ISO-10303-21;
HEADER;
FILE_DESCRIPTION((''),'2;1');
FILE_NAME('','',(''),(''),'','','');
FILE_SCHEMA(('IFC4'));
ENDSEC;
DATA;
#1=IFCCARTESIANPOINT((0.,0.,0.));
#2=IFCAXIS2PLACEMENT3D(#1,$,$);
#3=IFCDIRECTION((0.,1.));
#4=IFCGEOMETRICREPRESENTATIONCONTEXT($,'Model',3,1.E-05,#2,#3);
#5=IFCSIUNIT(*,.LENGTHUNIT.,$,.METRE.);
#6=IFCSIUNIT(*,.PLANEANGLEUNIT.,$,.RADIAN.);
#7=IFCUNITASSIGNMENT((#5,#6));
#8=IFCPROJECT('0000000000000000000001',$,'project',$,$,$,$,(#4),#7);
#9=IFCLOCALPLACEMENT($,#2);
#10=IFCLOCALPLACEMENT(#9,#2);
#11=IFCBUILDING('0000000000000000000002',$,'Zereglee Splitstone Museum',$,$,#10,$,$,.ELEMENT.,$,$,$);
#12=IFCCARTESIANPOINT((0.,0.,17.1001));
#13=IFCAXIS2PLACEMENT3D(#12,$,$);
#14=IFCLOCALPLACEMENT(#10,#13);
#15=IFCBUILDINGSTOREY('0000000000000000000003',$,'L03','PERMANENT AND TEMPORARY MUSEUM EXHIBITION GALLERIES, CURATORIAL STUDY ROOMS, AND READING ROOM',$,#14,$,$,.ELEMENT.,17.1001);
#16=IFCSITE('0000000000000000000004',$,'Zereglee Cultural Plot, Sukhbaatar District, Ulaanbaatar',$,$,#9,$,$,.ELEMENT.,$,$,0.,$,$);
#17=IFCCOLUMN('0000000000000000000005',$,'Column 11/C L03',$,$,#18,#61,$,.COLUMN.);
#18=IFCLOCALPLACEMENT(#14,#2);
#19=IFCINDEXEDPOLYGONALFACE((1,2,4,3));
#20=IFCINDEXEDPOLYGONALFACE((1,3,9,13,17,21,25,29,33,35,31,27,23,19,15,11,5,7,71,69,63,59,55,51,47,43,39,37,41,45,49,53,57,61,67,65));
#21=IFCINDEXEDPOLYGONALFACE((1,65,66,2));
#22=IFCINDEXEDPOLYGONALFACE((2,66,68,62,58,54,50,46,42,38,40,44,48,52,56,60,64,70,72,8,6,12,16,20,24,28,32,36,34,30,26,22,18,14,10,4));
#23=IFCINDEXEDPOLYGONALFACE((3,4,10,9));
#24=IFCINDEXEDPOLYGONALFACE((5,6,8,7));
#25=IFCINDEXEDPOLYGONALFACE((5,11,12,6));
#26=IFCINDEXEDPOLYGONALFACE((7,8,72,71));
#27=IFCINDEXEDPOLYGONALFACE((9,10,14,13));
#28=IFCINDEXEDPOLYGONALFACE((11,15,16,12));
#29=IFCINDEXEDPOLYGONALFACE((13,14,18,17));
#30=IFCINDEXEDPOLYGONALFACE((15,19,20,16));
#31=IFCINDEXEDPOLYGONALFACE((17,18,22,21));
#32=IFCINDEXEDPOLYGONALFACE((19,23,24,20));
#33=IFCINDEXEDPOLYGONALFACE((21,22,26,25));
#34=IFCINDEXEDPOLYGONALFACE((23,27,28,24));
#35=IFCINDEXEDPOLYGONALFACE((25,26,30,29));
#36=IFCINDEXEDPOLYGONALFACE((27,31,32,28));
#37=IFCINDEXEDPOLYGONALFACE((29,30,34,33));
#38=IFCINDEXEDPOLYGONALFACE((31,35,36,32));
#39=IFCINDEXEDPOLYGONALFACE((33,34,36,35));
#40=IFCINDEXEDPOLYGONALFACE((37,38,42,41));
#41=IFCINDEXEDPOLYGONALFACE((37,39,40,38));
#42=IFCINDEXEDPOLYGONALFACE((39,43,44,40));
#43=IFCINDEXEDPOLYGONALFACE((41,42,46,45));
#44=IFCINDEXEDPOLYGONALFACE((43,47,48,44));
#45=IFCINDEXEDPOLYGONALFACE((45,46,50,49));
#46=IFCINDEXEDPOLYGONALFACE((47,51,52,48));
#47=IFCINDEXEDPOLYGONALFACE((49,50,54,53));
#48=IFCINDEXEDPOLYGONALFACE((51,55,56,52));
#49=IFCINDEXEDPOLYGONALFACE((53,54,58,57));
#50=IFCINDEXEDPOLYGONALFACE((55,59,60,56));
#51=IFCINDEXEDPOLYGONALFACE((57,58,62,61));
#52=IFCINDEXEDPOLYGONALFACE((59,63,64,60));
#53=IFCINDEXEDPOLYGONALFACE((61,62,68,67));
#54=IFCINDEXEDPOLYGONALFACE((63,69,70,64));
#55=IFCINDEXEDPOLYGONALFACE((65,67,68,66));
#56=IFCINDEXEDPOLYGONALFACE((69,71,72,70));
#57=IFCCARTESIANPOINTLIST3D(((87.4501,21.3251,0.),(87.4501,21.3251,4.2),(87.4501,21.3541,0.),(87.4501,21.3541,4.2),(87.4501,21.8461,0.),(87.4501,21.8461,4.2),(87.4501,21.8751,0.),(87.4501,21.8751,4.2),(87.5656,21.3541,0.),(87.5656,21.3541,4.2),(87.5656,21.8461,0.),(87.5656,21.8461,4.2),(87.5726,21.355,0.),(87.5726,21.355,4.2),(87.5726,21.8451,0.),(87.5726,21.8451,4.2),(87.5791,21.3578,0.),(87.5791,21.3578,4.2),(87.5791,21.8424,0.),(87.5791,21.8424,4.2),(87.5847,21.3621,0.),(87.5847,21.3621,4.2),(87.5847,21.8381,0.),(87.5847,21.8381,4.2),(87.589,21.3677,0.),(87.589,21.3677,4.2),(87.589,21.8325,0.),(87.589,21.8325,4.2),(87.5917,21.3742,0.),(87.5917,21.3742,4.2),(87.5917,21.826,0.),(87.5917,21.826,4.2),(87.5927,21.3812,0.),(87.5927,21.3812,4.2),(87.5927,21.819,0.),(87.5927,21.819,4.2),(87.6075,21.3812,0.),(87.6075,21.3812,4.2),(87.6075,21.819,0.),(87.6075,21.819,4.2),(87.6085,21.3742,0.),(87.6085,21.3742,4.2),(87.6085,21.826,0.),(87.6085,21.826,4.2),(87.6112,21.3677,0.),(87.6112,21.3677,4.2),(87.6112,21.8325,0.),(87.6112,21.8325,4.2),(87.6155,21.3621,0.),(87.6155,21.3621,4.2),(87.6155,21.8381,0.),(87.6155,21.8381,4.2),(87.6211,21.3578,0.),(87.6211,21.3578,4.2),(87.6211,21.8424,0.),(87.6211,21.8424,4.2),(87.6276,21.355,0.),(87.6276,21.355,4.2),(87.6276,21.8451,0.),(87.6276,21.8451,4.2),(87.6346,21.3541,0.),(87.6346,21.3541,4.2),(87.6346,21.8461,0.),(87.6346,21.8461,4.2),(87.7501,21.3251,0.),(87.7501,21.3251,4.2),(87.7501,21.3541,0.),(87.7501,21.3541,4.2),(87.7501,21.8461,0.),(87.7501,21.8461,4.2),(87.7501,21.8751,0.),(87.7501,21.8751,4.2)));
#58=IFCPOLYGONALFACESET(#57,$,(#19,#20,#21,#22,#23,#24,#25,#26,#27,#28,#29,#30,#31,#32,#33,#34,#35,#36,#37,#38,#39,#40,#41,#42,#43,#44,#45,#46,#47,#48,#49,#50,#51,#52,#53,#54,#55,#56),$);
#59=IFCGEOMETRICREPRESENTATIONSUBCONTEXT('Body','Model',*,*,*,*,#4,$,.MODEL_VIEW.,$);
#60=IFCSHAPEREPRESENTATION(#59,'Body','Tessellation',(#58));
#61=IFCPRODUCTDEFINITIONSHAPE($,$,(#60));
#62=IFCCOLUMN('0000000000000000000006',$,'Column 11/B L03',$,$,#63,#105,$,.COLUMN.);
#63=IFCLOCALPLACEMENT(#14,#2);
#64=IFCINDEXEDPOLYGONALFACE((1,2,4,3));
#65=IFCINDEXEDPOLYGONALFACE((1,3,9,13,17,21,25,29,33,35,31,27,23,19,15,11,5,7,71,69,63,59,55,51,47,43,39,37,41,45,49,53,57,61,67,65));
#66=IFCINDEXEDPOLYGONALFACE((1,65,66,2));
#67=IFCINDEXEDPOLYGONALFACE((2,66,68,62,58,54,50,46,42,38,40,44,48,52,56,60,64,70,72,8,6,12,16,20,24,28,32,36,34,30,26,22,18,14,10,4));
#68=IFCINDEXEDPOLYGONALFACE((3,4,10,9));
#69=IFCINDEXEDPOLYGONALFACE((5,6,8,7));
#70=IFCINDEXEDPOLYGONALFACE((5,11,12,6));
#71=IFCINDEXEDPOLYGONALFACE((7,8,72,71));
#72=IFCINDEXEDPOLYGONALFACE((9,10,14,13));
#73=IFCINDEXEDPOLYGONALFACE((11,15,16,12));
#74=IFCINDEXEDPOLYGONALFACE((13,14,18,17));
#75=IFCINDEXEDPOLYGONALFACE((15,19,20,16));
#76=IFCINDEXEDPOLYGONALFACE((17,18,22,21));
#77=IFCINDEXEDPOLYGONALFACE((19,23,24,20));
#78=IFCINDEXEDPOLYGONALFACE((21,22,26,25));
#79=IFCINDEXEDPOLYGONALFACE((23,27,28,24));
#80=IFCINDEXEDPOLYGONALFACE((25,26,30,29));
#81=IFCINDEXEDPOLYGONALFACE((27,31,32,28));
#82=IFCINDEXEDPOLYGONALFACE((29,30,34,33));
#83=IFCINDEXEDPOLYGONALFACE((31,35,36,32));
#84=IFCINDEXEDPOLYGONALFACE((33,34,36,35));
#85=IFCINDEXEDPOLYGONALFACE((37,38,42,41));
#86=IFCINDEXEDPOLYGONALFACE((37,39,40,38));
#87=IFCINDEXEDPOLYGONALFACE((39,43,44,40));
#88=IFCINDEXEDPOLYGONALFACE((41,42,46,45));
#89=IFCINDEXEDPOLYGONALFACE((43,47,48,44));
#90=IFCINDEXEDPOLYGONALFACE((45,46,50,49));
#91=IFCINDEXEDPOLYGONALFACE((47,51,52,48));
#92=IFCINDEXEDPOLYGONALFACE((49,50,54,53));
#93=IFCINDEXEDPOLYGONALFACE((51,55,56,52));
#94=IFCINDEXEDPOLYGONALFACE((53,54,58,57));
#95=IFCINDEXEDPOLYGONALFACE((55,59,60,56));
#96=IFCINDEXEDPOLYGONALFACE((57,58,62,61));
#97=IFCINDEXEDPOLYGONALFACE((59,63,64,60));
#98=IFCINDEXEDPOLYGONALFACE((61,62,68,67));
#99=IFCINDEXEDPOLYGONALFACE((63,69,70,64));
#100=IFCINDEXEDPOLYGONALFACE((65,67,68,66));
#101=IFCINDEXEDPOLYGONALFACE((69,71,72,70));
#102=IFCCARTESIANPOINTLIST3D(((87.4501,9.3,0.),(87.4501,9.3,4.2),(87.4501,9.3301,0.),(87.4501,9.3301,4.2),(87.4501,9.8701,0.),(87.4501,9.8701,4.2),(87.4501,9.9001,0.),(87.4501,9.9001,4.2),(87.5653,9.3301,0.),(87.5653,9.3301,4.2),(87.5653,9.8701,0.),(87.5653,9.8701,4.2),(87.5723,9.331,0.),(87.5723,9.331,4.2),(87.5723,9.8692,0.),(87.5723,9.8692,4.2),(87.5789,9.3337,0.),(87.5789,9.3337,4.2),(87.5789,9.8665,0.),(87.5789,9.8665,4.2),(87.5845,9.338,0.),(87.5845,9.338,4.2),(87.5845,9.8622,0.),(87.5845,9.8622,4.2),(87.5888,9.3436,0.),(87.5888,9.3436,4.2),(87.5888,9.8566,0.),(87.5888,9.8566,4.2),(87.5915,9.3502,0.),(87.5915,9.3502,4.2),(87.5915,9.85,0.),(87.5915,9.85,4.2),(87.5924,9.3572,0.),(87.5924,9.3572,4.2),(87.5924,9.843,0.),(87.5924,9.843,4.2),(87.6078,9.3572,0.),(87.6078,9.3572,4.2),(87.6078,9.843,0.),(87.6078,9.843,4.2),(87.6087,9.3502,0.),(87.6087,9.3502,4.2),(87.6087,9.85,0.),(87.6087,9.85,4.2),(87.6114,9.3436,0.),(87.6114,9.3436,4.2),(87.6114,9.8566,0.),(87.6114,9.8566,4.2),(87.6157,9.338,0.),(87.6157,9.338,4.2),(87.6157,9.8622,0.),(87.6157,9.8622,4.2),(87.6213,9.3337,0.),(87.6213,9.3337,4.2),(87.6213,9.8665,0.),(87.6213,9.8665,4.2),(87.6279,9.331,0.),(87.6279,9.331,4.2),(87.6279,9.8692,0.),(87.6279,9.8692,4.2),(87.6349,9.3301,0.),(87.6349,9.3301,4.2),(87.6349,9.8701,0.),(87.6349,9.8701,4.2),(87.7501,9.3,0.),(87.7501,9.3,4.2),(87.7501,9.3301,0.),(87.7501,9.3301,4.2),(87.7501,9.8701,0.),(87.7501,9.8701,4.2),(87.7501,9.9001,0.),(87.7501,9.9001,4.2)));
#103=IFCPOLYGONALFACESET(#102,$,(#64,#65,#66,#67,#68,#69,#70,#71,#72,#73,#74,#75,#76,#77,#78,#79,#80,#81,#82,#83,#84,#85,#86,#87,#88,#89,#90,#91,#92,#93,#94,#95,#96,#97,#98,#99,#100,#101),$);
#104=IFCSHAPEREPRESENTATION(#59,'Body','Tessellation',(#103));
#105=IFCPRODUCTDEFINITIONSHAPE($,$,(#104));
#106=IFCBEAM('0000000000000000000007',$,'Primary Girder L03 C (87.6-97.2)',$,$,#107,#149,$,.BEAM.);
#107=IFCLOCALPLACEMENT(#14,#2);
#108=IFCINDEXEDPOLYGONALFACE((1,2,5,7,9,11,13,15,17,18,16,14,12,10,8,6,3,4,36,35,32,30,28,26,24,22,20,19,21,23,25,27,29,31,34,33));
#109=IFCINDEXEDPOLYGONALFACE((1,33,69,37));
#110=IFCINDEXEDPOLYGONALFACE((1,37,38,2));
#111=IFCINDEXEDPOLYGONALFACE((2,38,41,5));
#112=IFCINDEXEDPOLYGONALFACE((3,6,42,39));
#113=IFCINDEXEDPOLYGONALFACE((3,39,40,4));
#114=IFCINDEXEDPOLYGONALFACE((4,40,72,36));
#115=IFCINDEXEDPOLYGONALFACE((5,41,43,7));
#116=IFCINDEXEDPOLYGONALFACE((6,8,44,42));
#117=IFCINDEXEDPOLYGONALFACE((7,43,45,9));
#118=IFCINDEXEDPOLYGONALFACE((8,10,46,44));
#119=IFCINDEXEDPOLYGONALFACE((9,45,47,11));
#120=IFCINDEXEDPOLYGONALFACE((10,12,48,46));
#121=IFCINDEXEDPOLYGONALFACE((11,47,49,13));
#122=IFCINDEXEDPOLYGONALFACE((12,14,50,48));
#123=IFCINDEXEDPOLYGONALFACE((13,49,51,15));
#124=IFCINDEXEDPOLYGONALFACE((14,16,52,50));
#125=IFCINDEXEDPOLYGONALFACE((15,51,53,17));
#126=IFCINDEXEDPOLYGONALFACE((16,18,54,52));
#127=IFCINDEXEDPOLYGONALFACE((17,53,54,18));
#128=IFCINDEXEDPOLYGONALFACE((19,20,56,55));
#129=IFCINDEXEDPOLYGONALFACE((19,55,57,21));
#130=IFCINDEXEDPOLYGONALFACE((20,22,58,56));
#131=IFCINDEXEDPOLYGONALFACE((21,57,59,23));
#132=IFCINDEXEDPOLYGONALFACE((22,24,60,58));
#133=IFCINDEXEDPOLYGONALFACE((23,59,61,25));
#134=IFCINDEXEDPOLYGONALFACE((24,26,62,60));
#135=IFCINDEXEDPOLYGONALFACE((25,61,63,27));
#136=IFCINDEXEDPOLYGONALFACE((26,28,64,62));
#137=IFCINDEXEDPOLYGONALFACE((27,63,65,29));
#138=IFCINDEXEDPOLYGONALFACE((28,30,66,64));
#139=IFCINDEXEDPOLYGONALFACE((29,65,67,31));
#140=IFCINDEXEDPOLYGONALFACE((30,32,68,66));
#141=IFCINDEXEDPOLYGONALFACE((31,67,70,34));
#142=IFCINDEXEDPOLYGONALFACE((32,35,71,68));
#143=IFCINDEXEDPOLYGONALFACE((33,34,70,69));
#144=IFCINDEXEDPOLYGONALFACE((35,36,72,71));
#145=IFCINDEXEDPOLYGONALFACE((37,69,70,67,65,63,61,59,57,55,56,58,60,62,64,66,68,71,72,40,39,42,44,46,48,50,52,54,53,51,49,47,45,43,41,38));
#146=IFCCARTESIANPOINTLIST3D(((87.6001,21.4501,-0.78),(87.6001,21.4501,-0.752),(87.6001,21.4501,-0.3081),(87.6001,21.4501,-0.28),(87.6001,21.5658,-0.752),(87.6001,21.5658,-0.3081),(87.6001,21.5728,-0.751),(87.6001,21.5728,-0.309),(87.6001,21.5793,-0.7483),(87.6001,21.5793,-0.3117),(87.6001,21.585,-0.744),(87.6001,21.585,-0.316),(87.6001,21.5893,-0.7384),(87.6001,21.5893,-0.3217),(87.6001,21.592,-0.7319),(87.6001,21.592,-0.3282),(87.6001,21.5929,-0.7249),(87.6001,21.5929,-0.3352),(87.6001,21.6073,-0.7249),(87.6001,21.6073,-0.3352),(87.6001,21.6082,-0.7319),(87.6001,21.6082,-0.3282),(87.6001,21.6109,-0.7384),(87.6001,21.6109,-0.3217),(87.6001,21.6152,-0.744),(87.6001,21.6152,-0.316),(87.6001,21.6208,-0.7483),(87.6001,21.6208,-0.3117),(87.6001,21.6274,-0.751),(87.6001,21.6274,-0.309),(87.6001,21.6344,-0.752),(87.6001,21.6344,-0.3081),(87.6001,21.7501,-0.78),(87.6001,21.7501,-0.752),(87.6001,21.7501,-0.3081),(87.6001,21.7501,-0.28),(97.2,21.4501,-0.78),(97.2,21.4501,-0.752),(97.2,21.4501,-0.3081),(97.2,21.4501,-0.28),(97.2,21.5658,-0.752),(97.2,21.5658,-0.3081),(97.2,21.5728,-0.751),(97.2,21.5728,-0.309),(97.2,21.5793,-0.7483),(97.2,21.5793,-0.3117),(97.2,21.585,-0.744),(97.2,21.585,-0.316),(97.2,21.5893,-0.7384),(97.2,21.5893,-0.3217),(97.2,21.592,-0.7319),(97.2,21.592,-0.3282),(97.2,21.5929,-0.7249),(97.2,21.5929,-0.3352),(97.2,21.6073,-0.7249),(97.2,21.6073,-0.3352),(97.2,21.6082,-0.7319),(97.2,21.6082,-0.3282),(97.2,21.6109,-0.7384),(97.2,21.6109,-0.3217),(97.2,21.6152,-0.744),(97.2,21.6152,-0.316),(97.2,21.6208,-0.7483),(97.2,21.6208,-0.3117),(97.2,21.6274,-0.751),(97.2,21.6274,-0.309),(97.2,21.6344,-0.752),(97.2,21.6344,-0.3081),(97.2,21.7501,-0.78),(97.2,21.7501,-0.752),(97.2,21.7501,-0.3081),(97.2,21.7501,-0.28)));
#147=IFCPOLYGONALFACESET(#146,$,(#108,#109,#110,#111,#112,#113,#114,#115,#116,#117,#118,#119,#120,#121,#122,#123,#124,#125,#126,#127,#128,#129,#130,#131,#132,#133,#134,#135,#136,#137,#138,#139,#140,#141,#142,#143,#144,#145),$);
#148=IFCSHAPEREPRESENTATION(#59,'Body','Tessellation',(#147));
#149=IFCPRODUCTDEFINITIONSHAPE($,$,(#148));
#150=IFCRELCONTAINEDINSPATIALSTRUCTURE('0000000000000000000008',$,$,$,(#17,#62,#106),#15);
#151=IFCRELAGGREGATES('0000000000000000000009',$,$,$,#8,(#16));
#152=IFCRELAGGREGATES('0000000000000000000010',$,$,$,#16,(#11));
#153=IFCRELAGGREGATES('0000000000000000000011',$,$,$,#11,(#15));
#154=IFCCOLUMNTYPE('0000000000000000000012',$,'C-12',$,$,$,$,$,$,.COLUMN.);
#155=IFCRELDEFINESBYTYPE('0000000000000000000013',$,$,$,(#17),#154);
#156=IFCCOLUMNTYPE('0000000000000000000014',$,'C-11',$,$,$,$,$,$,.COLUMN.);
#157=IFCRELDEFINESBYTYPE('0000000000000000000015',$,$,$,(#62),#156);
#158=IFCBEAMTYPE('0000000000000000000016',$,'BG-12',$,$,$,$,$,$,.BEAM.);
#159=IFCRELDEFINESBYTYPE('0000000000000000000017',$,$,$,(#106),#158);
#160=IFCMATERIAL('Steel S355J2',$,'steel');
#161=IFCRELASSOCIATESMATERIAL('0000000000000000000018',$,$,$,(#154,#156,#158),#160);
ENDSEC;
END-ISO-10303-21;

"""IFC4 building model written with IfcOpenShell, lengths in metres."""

from ifc_helpers import new_model, si_unit, direction, frame, origin, origin_2d, place, context, subcontext, project, spatial, i_section, extrude, material, material_profile, profile_set, type_object, element, save


model = new_model("IFC4")

# Units and contexts
model_context = context("Model", 3, precision=1e-05, world=origin(), true_north=direction((0.0, 1.0)))
body_context = subcontext(model_context, "Body", "Model", "MODEL_VIEW")
ifc_project = project(units=[si_unit("LENGTHUNIT", "METRE"), si_unit("PLANEANGLEUNIT", "RADIAN")], contexts=[model_context])

# Site, building, storey
site_placement = place(None, origin())
site = spatial("IfcSite", under=ifc_project, at=site_placement, Name="Zereglee Cultural Plot, Sukhbaatar District, Ulaanbaatar", CompositionType="ELEMENT", RefElevation=0.0)
building_placement = place(site_placement, origin())
building = spatial("IfcBuilding", under=site, at=building_placement, Name="Zereglee Splitstone Museum", CompositionType="ELEMENT")
storey_placement = place(building_placement, frame((0.0, 0.0, 17.1001)))
storey = spatial("IfcBuildingStorey", under=building, at=storey_placement, Name="L03", Description="PERMANENT AND TEMPORARY MUSEUM EXHIBITION GALLERIES, CURATORIAL STUDY ROOMS, AND READING ROOM", CompositionType="ELEMENT", Elevation=17.1001)

# Columns
ifc_material_1 = material(Name="Steel S355J2", Category="steel")
ifc_material_profile_1 = material_profile(ifc_material_1, i_section(OverallWidth=0.3, OverallDepth=0.55, WebThickness=0.0149, FlangeThickness=0.0291, FilletRadius=0.0271, at=origin_2d()), Name="HE 550 B")
ifc_profile_set_1 = profile_set([ifc_material_profile_1], Name="Steel S355J2")
column_type_1 = type_object("IfcColumnType", Name="C-12", PredefinedType="COLUMN", material=ifc_profile_set_1)
column_1_placement = place(storey_placement, frame((87.6001, 21.6001, 0.0), z_axis=(0.0, 0.0, 1.0), x_axis=(1.0, 0.0, 0.0)))
element("IfcColumn", 1, at=column_1_placement, inside=storey, type_object=column_type_1, Name="Column 11/C L03", PredefinedType="COLUMN", context=body_context, shape_type="SweptSolid", body=[
    extrude(i_section(OverallWidth=0.3, OverallDepth=0.55, WebThickness=0.0149, FlangeThickness=0.0291, FilletRadius=0.0271, at=origin_2d()), origin(), (0.0, 0.0, 1.0), 4.2),
])
ifc_material_profile_2 = material_profile(ifc_material_1, i_section(OverallWidth=0.3, OverallDepth=0.6001, WebThickness=0.0154, FlangeThickness=0.03, FilletRadius=0.0271, at=origin_2d()), Name="HE 600 B")
ifc_profile_set_2 = profile_set([ifc_material_profile_2], Name="Steel S355J2")
column_type_2 = type_object("IfcColumnType", Name="C-11", PredefinedType="COLUMN", material=ifc_profile_set_2)
column_2_placement = place(storey_placement, frame((87.6001, 9.6001, 0.0), z_axis=(0.0, 0.0, 1.0), x_axis=(1.0, 0.0, 0.0)))
element("IfcColumn", 2, at=column_2_placement, inside=storey, type_object=column_type_2, Name="Column 11/B L03", PredefinedType="COLUMN", context=body_context, shape_type="SweptSolid", body=[
    extrude(i_section(OverallWidth=0.3, OverallDepth=0.6001, WebThickness=0.0154, FlangeThickness=0.03, FilletRadius=0.0271, at=origin_2d()), origin(), (0.0, 0.0, 1.0), 4.2),
])

# Beam
ifc_material_profile_3 = material_profile(ifc_material_1, i_section(OverallWidth=0.3, OverallDepth=0.5, WebThickness=0.0144, FlangeThickness=0.0281, FilletRadius=0.0271, at=origin_2d()), Name="HE 500 B")
ifc_profile_set_3 = profile_set([ifc_material_profile_3], Name="Steel S355J2")
beam_type_1 = type_object("IfcBeamType", Name="BG-12", PredefinedType="BEAM", material=ifc_profile_set_3)
beam_1_placement = place(storey_placement, frame((87.6001, 21.6001, -0.53), z_axis=(1.0, 0.0, 0.0), x_axis=(0.0, 1.0, 0.0)))
element("IfcBeam", 3, at=beam_1_placement, inside=storey, type_object=beam_type_1, Name="Primary Girder L03 C (87.6-97.2)", PredefinedType="BEAM", context=body_context, shape_type="SweptSolid", body=[
    extrude(i_section(OverallWidth=0.3, OverallDepth=0.5, WebThickness=0.0144, FlangeThickness=0.0281, FilletRadius=0.0271, at=origin_2d()), origin(), (0.0, 0.0, 1.0), 9.5999),
])

save(model, "model.ifc")
